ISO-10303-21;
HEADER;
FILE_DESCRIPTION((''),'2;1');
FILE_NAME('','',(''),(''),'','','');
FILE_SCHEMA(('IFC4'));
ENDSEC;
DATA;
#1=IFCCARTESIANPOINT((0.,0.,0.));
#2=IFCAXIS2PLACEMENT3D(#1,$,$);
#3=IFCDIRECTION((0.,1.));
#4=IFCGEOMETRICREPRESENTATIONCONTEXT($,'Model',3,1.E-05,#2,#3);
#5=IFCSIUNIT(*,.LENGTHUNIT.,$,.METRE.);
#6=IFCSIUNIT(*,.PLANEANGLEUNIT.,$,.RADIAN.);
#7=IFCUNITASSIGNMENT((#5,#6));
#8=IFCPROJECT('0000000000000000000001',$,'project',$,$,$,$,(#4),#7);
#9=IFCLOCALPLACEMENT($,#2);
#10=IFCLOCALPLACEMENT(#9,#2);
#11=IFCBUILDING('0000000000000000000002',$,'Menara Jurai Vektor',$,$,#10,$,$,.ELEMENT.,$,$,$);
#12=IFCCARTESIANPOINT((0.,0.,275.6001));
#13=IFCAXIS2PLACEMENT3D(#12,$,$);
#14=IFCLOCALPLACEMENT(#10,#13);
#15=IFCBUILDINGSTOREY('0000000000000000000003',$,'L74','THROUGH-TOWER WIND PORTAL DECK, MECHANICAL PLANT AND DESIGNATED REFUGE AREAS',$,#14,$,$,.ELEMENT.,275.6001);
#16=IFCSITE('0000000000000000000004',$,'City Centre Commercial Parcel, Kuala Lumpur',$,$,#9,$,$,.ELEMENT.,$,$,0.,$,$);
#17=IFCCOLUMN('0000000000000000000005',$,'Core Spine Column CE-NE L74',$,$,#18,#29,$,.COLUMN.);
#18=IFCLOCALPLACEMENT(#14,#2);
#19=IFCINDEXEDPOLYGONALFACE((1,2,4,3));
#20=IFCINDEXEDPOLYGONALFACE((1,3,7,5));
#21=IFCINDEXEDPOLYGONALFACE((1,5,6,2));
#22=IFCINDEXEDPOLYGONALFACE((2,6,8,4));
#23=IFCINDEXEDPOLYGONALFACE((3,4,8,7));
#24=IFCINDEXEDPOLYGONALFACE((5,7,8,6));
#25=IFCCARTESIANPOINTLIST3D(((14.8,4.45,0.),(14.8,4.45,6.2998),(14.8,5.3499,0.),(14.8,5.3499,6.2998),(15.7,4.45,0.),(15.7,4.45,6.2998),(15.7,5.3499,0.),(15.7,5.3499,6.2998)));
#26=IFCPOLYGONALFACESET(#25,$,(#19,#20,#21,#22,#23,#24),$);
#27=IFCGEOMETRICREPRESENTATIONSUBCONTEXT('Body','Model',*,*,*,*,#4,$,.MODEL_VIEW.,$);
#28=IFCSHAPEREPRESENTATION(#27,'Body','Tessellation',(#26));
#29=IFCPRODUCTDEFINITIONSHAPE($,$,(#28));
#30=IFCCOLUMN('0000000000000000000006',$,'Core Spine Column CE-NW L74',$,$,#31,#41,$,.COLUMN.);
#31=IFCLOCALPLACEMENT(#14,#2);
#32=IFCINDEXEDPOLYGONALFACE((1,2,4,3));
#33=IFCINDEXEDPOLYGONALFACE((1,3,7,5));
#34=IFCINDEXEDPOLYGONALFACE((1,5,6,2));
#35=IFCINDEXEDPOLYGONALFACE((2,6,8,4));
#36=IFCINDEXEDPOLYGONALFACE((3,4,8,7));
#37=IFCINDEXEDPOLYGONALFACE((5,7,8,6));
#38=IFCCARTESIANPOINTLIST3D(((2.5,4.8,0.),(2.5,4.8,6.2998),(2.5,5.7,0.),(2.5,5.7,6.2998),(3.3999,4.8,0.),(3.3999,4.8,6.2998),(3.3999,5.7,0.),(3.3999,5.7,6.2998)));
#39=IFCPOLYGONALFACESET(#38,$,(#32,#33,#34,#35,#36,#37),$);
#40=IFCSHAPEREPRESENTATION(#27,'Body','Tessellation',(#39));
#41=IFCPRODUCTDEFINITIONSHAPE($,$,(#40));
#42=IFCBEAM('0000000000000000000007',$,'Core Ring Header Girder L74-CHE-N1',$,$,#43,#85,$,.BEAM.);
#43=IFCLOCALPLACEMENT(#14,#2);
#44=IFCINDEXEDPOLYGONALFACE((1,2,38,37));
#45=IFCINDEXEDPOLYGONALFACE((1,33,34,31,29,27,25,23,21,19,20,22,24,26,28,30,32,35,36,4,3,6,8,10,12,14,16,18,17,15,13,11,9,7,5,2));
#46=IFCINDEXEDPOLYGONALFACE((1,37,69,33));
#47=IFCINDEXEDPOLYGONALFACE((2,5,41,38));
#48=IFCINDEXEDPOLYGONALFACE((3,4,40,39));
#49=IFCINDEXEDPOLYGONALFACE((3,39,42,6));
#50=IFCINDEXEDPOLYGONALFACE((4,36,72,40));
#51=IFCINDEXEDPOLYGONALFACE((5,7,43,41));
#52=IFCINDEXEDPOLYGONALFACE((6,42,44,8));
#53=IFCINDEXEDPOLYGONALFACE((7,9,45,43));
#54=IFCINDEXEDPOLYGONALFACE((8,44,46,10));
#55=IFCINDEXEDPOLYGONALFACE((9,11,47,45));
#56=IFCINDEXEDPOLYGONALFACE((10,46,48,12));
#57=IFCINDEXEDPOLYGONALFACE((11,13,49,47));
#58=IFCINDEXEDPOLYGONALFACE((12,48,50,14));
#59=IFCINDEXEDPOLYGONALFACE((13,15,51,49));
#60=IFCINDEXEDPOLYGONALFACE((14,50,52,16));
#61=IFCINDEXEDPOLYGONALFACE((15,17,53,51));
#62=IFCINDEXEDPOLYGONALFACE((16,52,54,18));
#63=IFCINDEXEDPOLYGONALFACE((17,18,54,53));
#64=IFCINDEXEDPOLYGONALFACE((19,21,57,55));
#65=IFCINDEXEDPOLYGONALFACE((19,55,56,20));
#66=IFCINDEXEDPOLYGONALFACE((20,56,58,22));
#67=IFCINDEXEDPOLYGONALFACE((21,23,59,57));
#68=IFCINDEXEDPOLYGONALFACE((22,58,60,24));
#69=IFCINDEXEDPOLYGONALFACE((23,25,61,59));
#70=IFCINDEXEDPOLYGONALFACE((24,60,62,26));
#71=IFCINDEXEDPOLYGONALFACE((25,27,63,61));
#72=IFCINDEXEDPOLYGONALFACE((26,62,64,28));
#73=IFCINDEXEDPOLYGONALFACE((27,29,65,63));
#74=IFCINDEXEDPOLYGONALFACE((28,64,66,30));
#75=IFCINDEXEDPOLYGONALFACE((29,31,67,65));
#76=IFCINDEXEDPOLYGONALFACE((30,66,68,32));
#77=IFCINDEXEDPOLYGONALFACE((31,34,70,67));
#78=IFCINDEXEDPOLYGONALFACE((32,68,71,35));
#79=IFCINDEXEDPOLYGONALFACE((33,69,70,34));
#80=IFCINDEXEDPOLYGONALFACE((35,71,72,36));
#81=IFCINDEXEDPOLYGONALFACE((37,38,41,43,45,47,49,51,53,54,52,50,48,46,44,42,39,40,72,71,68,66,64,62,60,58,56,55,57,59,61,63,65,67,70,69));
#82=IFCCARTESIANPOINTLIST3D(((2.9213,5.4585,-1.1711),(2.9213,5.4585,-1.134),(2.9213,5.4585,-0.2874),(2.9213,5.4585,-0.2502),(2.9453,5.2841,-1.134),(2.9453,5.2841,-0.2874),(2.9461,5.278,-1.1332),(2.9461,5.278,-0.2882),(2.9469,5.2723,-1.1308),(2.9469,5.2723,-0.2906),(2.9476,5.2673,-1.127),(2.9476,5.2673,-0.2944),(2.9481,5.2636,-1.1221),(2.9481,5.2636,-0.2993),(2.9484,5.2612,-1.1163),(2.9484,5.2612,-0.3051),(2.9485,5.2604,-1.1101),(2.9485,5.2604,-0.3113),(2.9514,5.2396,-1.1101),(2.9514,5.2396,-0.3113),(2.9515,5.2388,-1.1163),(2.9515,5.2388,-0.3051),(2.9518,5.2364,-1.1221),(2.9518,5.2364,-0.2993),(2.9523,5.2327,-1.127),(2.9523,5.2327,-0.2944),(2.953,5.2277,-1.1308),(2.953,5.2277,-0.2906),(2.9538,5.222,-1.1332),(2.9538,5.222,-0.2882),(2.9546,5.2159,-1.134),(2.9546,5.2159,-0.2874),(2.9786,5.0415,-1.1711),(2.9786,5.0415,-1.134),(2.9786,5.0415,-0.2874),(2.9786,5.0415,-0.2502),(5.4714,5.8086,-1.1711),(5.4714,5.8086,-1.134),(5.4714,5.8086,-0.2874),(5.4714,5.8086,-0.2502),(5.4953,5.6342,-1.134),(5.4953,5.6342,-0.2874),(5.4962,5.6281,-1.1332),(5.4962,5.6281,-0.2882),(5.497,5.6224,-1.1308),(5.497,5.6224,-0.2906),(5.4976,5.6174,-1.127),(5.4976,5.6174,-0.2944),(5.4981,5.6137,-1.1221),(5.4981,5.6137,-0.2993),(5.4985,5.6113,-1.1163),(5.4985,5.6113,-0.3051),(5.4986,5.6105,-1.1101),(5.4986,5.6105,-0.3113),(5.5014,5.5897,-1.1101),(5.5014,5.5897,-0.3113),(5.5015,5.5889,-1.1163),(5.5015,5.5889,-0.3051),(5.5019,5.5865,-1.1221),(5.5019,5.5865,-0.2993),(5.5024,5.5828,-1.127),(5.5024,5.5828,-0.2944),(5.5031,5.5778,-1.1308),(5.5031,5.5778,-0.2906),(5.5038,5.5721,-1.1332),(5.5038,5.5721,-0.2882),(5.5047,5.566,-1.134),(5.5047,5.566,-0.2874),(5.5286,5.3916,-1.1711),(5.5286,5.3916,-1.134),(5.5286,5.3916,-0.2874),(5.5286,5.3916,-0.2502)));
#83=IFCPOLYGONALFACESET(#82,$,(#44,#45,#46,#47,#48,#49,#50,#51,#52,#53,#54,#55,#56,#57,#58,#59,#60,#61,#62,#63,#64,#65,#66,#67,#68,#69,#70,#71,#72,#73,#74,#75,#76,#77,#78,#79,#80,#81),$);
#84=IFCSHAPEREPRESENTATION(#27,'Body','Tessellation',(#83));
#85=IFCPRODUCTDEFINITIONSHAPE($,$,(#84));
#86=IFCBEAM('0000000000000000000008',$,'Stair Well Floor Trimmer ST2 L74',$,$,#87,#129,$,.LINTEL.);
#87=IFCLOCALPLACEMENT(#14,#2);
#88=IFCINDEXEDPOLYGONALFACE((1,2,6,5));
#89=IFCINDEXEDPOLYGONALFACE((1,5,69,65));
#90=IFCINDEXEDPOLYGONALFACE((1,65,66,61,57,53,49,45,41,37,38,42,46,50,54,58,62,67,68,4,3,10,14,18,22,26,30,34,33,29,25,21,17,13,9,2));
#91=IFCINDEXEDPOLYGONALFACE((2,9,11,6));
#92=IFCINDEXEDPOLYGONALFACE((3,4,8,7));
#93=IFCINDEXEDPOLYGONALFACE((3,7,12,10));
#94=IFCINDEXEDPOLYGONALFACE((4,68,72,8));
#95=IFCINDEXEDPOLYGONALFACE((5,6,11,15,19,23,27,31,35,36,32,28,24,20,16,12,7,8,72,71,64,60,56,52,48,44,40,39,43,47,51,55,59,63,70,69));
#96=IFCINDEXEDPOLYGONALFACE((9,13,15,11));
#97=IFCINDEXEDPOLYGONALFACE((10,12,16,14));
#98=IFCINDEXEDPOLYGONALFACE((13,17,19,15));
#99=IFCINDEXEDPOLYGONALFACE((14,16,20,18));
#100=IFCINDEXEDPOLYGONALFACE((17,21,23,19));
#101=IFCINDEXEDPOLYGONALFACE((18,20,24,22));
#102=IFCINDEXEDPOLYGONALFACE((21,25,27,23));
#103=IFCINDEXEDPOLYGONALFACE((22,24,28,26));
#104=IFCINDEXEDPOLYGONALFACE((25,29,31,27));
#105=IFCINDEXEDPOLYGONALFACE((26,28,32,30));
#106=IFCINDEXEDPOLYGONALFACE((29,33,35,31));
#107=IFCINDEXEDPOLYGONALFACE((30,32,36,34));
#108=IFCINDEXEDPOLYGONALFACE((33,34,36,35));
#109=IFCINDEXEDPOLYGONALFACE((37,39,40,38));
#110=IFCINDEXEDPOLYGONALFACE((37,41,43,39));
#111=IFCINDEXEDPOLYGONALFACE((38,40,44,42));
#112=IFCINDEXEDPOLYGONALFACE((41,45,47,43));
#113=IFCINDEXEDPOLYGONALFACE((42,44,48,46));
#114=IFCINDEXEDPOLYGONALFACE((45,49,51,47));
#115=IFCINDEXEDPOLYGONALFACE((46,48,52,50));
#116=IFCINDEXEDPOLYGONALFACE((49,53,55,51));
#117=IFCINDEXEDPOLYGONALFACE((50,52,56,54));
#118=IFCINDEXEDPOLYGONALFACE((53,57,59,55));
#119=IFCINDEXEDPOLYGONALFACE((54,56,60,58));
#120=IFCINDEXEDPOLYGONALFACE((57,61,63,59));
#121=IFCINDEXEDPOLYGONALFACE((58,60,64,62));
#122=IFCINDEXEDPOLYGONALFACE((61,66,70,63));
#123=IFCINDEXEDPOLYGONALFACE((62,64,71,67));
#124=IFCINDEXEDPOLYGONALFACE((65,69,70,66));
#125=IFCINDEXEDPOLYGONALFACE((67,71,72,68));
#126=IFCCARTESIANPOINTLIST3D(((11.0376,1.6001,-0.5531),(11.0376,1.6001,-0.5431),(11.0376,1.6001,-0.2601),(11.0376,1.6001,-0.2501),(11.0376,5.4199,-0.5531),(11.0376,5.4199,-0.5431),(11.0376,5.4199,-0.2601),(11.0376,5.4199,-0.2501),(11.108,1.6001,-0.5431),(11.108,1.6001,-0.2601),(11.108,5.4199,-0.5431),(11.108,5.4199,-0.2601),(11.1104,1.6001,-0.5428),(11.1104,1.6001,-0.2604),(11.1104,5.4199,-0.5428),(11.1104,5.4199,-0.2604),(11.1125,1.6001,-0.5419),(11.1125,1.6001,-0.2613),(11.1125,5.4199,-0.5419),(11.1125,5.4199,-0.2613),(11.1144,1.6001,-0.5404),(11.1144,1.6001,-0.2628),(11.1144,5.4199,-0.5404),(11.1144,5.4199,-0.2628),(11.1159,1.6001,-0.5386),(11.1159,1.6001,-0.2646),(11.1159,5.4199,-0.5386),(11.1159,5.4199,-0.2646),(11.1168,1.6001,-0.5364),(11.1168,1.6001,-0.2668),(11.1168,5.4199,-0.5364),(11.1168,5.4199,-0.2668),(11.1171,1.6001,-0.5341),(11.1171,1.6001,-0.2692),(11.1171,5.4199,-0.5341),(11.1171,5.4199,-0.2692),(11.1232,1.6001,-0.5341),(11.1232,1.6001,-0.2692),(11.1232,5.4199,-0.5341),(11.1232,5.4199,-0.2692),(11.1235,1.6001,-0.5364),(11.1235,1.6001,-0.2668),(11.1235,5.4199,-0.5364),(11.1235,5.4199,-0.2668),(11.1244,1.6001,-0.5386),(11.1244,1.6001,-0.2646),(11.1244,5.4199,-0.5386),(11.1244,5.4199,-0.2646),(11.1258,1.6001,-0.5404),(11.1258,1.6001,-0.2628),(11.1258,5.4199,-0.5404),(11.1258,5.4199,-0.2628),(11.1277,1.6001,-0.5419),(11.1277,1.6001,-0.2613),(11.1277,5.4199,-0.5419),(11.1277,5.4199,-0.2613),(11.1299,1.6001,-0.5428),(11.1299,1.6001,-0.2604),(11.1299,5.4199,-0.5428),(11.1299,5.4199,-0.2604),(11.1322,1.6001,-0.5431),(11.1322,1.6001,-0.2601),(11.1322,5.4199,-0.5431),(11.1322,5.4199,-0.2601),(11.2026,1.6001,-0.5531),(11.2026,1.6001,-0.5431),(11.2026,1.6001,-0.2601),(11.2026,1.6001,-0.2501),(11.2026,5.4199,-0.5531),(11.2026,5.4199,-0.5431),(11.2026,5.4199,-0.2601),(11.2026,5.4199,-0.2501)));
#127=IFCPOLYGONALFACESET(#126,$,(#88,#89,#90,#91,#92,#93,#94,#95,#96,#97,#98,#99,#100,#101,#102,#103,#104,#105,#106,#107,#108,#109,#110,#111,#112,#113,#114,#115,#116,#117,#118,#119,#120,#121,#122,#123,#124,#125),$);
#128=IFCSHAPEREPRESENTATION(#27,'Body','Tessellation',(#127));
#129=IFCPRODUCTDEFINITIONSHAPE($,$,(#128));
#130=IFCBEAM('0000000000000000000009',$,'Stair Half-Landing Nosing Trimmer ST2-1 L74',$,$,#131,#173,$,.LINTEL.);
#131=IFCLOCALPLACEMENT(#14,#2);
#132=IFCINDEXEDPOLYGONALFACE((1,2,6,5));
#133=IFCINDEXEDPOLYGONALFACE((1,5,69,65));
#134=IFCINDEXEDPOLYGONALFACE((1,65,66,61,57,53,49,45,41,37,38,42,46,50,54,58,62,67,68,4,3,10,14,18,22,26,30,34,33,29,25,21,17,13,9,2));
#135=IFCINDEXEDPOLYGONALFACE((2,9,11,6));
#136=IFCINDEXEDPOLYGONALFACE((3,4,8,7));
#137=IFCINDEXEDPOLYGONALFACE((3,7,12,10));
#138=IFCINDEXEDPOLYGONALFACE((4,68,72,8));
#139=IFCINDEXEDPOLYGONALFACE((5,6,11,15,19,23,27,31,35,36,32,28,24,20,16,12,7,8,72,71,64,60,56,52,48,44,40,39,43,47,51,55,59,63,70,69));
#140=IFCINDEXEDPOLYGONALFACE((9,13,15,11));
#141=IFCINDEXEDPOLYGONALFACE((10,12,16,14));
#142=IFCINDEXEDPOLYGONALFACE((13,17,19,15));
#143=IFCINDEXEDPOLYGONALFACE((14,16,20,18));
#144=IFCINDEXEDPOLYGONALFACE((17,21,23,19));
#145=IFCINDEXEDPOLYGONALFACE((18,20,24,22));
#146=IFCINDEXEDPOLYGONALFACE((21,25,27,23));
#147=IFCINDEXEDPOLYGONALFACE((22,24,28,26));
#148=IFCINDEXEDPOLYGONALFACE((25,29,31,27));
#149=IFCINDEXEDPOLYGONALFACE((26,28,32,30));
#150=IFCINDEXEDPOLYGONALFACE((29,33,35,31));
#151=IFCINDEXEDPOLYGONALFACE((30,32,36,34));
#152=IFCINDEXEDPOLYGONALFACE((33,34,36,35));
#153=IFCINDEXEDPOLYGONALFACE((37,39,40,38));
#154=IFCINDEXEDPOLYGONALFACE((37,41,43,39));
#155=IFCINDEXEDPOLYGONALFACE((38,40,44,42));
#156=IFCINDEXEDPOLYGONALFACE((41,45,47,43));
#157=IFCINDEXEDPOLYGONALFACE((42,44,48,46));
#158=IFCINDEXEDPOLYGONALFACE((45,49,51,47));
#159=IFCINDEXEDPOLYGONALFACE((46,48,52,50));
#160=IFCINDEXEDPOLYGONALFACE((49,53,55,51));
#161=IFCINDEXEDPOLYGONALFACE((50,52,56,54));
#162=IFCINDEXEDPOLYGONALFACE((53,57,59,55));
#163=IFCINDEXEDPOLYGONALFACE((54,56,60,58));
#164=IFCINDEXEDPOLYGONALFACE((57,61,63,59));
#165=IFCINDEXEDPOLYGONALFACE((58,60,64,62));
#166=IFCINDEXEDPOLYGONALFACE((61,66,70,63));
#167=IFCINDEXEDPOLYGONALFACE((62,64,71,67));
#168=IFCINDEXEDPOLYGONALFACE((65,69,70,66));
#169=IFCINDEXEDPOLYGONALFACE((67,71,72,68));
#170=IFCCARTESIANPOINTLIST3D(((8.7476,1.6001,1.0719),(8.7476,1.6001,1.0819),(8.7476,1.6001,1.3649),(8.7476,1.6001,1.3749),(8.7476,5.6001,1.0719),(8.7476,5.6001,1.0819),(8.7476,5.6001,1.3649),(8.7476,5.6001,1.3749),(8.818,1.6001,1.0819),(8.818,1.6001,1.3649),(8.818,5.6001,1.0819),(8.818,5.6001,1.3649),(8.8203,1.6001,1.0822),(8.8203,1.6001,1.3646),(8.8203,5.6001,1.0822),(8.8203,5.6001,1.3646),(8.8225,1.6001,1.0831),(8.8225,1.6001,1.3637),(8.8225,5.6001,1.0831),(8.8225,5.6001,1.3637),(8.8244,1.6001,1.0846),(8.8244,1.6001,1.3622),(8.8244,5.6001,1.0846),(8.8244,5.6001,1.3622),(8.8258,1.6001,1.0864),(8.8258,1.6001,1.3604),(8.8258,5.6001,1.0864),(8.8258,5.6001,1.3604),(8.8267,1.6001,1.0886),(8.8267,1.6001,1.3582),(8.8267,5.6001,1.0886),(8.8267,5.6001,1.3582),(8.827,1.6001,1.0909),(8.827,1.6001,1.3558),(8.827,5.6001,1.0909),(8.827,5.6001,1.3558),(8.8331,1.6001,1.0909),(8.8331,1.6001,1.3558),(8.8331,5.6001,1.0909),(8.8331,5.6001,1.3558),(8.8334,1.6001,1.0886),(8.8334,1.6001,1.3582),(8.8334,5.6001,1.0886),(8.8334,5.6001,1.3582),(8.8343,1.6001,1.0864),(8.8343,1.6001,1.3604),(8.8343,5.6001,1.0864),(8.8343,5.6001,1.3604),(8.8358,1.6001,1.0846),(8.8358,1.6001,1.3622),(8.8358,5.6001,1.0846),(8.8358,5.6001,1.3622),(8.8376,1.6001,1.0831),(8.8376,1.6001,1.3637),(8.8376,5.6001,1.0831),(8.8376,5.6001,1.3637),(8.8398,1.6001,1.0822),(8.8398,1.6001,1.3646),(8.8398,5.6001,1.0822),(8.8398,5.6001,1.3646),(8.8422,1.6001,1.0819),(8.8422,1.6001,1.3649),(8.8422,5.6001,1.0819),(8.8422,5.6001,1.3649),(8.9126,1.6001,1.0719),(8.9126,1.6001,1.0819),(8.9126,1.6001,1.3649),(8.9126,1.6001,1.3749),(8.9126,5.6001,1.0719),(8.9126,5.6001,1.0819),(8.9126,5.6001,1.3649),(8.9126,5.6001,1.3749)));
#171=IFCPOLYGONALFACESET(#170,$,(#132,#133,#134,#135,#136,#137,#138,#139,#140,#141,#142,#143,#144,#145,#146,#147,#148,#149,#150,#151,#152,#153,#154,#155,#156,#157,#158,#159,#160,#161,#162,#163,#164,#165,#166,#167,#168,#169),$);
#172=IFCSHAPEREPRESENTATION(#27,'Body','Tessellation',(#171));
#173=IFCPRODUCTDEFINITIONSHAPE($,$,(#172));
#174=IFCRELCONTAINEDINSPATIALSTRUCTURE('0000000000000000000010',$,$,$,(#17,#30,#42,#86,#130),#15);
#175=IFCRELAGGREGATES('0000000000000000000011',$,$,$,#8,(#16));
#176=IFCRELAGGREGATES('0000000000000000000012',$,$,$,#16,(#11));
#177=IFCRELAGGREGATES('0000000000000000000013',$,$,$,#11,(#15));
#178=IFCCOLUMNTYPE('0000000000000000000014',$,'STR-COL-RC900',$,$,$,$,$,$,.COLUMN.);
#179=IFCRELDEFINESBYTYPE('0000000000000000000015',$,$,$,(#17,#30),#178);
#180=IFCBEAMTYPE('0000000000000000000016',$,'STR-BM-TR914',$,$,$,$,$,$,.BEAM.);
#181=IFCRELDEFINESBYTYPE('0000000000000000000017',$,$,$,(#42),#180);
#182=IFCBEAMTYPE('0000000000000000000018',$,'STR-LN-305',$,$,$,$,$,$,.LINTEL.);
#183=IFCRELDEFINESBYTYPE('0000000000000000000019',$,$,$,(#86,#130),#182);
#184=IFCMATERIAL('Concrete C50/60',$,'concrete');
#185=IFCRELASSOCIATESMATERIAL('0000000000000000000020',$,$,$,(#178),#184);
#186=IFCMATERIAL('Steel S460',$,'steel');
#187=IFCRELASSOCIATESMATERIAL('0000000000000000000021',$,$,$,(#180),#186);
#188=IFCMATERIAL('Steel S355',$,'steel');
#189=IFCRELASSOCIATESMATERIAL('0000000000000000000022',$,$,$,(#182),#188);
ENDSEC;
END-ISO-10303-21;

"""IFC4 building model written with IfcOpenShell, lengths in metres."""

from ifc_helpers import new_model, si_unit, direction, frame, origin, origin_2d, place, context, subcontext, project, spatial, rectangle, i_section, extrude, material, material_profile, profile_set, type_object, element, save


model = new_model("IFC4")

# Units and contexts
model_context = context("Model", 3, precision=1e-05, world=origin(), true_north=direction((0.0, 1.0)))
body_context = subcontext(model_context, "Body", "Model", "MODEL_VIEW")
ifc_project = project(units=[si_unit("LENGTHUNIT", "METRE"), si_unit("PLANEANGLEUNIT", "RADIAN")], contexts=[model_context])

# Site, building, storey
site_placement = place(None, origin())
site = spatial("IfcSite", under=ifc_project, at=site_placement, Name="City Centre Commercial Parcel, Kuala Lumpur", CompositionType="ELEMENT", RefElevation=0.0)
building_placement = place(site_placement, origin())
building = spatial("IfcBuilding", under=site, at=building_placement, Name="Menara Jurai Vektor", CompositionType="ELEMENT")
storey_placement = place(building_placement, frame((0.0, 0.0, 275.6001)))
storey = spatial("IfcBuildingStorey", under=building, at=storey_placement, Name="L74", Description="THROUGH-TOWER WIND PORTAL DECK, MECHANICAL PLANT AND DESIGNATED REFUGE AREAS", CompositionType="ELEMENT", Elevation=275.6001)

# Columns
ifc_material_1 = material(Name="Concrete C50/60", Category="concrete")
ifc_material_profile_1 = material_profile(ifc_material_1, rectangle(XDim=0.8999, YDim=0.8999, at=origin_2d()), Name="RC 900x900")
ifc_profile_set_1 = profile_set([ifc_material_profile_1], Name="Concrete C50/60")
column_type = type_object("IfcColumnType", Name="STR-COL-RC900", PredefinedType="COLUMN", material=ifc_profile_set_1)
for number, where, z_axis, x_axis, name in (
    (1, (15.25, 4.8999, 0.0), (0.0, 0.0, 1.0), (1.0, 0.0, 0.0), "Core Spine Column CE-NE L74"),
    (2, (2.95, 5.25, 0.0), (0.0, 0.0, 1.0), (1.0, 0.0, 0.0), "Core Spine Column CE-NW L74"),
):
    element("IfcColumn", number, at=place(storey_placement, frame(where, z_axis=z_axis, x_axis=x_axis)), inside=storey, type_object=column_type, Name=name, PredefinedType="COLUMN", context=body_context, shape_type="SweptSolid", body=[
        extrude(rectangle(XDim=0.8999, YDim=0.8999, at=origin_2d()), origin(), (0.0, 0.0, 1.0), 6.2998),
    ])

# Beams
ifc_material_2 = material(Name="Steel S460", Category="steel")
ifc_material_profile_2 = material_profile(ifc_material_2, i_section(OverallWidth=0.4209, OverallDepth=0.9209, WebThickness=0.021, FlangeThickness=0.0371, FilletRadius=0.0239, at=origin_2d()), Name="UKB 914x419x388")
ifc_profile_set_2 = profile_set([ifc_material_profile_2], Name="Steel S460")
beam_type_1 = type_object("IfcBeamType", Name="STR-BM-TR914", PredefinedType="BEAM", material=ifc_profile_set_2)
beam_1_placement = place(storey_placement, frame((2.95, 5.25, -0.7107), z_axis=(0.990707, 0.136015, 0.0), x_axis=(-0.136015, 0.990707, 0.0)))
element("IfcBeam", 3, at=beam_1_placement, inside=storey, type_object=beam_type_1, Name="Core Ring Header Girder L74-CHE-N1", PredefinedType="BEAM", context=body_context, shape_type="SweptSolid", body=[
    extrude(i_section(OverallWidth=0.4209, OverallDepth=0.9209, WebThickness=0.021, FlangeThickness=0.0371, FilletRadius=0.0239, at=origin_2d()), origin(), (0.0, 0.0, 1.0), 2.574),
])
ifc_material_3 = material(Name="Steel S355", Category="steel")
ifc_material_profile_3 = material_profile(ifc_material_3, i_section(OverallWidth=0.165, OverallDepth=0.303, WebThickness=0.0061, FlangeThickness=0.01, FilletRadius=0.009, at=origin_2d()), Name="UKB 305x165x40")
ifc_profile_set_3 = profile_set([ifc_material_profile_3], Name="Steel S355")
beam_type_2 = type_object("IfcBeamType", Name="STR-LN-305", PredefinedType="LINTEL", material=ifc_profile_set_3)
beam_2_placement = place(storey_placement, frame((11.1201, 1.6001, -0.4016), z_axis=(0.0, 1.0, 0.0), x_axis=(-1.0, 0.0, 0.0)))
element("IfcBeam", 4, at=beam_2_placement, inside=storey, type_object=beam_type_2, Name="Stair Well Floor Trimmer ST2 L74", PredefinedType="LINTEL", context=body_context, shape_type="SweptSolid", body=[
    extrude(i_section(OverallWidth=0.165, OverallDepth=0.303, WebThickness=0.0061, FlangeThickness=0.01, FilletRadius=0.009, at=origin_2d()), origin(), (0.0, 0.0, 1.0), 3.8198),
])
beam_3_placement = place(storey_placement, frame((8.8301, 1.6001, 1.2234), z_axis=(0.0, 1.0, 0.0), x_axis=(-1.0, 0.0, 0.0)))
element("IfcBeam", 5, at=beam_3_placement, inside=storey, type_object=beam_type_2, Name="Stair Half-Landing Nosing Trimmer ST2-1 L74", PredefinedType="LINTEL", context=body_context, shape_type="SweptSolid", body=[
    extrude(i_section(OverallWidth=0.165, OverallDepth=0.303, WebThickness=0.0061, FlangeThickness=0.01, FilletRadius=0.009, at=origin_2d()), origin(), (0.0, 0.0, 1.0), 4.0),
])

save(model, "model.ifc")
